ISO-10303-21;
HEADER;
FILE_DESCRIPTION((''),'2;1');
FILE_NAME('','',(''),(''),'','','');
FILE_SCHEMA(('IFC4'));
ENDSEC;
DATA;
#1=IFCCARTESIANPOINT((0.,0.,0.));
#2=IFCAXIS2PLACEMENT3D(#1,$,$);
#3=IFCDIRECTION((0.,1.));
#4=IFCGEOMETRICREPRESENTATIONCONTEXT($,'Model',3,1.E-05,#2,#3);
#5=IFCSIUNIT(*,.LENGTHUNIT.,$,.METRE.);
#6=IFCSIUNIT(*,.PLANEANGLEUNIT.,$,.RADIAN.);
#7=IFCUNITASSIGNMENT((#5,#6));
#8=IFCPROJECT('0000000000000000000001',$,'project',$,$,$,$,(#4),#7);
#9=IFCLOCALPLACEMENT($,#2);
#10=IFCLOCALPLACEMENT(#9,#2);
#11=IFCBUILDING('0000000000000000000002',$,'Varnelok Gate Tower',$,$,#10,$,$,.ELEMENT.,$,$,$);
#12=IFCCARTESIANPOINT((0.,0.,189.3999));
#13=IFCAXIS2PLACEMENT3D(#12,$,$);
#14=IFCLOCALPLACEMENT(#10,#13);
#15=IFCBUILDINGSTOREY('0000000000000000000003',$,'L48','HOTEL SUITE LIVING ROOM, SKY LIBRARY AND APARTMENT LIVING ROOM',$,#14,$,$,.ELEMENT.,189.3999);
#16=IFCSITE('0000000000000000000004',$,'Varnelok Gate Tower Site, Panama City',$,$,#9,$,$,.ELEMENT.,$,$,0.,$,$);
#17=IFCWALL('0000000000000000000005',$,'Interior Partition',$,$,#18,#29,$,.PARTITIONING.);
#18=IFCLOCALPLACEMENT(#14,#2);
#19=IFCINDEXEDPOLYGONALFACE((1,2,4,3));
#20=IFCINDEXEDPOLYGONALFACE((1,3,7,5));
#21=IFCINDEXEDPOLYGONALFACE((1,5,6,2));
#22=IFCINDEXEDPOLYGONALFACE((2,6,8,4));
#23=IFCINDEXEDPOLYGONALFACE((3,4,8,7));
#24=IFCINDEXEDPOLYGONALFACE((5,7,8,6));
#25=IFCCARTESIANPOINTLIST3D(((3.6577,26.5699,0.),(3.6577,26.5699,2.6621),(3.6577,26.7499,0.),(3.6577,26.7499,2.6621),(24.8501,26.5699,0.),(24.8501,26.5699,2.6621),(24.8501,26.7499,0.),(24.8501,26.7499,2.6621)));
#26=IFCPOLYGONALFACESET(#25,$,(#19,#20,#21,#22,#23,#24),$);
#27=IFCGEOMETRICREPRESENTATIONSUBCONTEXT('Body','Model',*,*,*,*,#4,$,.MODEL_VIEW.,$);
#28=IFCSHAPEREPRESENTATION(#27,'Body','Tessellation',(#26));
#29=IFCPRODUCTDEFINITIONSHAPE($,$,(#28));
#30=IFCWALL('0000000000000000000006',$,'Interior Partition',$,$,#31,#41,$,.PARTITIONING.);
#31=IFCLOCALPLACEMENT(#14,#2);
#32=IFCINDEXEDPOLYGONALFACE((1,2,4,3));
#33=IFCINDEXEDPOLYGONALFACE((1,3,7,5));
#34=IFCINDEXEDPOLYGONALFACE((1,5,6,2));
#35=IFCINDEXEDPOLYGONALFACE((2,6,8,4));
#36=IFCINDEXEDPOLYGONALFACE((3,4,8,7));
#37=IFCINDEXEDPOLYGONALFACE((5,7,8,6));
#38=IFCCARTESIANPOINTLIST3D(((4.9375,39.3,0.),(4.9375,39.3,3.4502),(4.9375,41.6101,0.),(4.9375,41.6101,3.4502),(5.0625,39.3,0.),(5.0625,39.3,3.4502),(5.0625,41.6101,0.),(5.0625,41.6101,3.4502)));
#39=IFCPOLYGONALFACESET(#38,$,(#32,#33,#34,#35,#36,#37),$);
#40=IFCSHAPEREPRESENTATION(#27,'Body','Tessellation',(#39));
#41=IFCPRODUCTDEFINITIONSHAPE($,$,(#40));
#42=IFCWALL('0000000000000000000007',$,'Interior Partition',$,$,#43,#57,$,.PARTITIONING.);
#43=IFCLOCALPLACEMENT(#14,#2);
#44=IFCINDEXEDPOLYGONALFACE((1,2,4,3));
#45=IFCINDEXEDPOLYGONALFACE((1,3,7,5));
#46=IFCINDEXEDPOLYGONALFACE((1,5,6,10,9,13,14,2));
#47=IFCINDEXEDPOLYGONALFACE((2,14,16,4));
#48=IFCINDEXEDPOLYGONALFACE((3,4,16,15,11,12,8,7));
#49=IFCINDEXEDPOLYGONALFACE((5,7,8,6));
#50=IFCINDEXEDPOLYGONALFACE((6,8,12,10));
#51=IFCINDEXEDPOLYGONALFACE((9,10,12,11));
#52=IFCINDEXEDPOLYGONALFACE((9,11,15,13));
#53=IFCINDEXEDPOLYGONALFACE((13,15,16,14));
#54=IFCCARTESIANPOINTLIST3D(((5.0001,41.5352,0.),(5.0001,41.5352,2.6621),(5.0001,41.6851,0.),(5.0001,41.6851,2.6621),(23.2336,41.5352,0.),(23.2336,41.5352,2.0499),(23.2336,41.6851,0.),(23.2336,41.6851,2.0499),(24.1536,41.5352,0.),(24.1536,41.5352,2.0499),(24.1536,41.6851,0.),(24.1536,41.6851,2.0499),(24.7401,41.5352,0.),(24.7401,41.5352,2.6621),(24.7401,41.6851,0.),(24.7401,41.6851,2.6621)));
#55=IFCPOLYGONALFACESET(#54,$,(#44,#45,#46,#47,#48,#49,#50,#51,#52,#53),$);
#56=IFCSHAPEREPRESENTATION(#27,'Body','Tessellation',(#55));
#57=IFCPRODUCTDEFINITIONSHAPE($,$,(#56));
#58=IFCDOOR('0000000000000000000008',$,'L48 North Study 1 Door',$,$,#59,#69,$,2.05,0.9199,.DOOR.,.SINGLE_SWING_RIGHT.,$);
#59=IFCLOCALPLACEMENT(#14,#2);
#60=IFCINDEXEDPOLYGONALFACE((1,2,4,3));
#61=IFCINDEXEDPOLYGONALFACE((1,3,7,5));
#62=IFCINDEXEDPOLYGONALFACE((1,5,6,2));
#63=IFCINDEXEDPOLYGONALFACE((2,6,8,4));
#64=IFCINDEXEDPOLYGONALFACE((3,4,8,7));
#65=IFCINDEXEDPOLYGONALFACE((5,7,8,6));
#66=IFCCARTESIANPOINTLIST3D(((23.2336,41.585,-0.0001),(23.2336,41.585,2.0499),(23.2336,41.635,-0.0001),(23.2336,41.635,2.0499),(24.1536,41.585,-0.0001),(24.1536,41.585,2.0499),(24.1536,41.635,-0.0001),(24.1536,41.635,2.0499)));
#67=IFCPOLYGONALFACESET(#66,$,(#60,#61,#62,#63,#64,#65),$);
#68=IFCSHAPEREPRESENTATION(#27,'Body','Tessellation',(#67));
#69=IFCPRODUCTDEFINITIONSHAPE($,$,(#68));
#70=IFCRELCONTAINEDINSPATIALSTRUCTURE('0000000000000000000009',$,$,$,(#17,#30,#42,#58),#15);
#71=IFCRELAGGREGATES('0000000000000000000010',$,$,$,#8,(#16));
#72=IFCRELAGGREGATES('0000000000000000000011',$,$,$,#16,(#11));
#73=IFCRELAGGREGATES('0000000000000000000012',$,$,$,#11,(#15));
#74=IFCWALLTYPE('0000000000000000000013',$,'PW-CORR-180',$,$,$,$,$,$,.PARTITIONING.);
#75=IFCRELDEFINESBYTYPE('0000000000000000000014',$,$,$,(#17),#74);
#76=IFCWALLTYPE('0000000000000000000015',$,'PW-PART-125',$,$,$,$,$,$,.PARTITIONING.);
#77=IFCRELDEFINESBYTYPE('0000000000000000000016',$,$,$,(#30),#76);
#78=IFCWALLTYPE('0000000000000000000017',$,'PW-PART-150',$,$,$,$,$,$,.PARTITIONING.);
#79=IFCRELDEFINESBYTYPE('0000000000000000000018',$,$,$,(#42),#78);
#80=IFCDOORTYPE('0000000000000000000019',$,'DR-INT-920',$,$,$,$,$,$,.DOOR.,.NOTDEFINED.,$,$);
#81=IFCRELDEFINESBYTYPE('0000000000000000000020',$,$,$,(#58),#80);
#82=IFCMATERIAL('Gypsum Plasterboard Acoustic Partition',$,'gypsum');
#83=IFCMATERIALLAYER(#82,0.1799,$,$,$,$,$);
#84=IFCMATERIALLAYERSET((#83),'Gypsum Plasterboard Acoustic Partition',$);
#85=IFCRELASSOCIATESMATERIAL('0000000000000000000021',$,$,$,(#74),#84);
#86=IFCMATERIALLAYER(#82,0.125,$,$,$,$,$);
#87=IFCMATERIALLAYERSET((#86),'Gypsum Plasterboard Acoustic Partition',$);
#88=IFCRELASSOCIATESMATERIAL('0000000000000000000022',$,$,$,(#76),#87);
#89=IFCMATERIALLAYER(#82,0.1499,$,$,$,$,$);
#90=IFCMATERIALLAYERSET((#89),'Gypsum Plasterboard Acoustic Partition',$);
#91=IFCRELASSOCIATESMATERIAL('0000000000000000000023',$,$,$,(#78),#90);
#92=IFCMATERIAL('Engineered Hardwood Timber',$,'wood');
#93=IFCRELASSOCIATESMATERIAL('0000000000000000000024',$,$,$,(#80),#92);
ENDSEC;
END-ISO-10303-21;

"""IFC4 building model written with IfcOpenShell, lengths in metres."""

from ifc_helpers import new_model, si_unit, direction, frame, frame_2d, origin, place, context, subcontext, project, spatial, rectangle, extrude, material, layer, layer_set, type_object, element, fill, save


model = new_model("IFC4")

# Units and contexts
model_context = context("Model", 3, precision=1e-05, world=origin(), true_north=direction((0.0, 1.0)))
body_context = subcontext(model_context, "Body", "Model", "MODEL_VIEW")
ifc_project = project(units=[si_unit("LENGTHUNIT", "METRE"), si_unit("PLANEANGLEUNIT", "RADIAN")], contexts=[model_context])

# Site, building, storey
site_placement = place(None, origin())
site = spatial("IfcSite", under=ifc_project, at=site_placement, Name="Varnelok Gate Tower Site, Panama City", CompositionType="ELEMENT", RefElevation=0.0)
building_placement = place(site_placement, origin())
building = spatial("IfcBuilding", under=site, at=building_placement, Name="Varnelok Gate Tower", CompositionType="ELEMENT")
storey_placement = place(building_placement, frame((0.0, 0.0, 189.3999)))
storey = spatial("IfcBuildingStorey", under=building, at=storey_placement, Name="L48", Description="HOTEL SUITE LIVING ROOM, SKY LIBRARY AND APARTMENT LIVING ROOM", CompositionType="ELEMENT", Elevation=189.3999)

# Walls
ifc_material_1 = material(Name="Gypsum Plasterboard Acoustic Partition", Category="gypsum")
ifc_layer_1 = layer(ifc_material_1, 0.1799)
ifc_layer_set_1 = layer_set([ifc_layer_1], Name="Gypsum Plasterboard Acoustic Partition")
wall_type_1 = type_object("IfcWallType", Name="PW-CORR-180", PredefinedType="PARTITIONING", material=ifc_layer_set_1)
wall_1_placement = place(storey_placement, frame((3.6577, 26.6599, 0.0), z_axis=(0.0, 0.0, 1.0), x_axis=(1.0, 0.0, 0.0)))
element("IfcWall", 1, at=wall_1_placement, inside=storey, type_object=wall_type_1, Name="Interior Partition", PredefinedType="PARTITIONING", context=body_context, shape_type="SweptSolid", body=[
    extrude(rectangle(XDim=21.1924, YDim=0.1799, at=frame_2d((10.5962, 0.0))), origin(), (0.0, 0.0, 1.0), 2.6621),
])
ifc_layer_2 = layer(ifc_material_1, 0.125)
ifc_layer_set_2 = layer_set([ifc_layer_2], Name="Gypsum Plasterboard Acoustic Partition")
wall_type_2 = type_object("IfcWallType", Name="PW-PART-125", PredefinedType="PARTITIONING", material=ifc_layer_set_2)
wall_2_placement = place(storey_placement, frame((5.0, 39.3, 0.0), z_axis=(0.0, 0.0, 1.0), x_axis=(0.0, 1.0, 0.0)))
element("IfcWall", 2, at=wall_2_placement, inside=storey, type_object=wall_type_2, Name="Interior Partition", PredefinedType="PARTITIONING", context=body_context, shape_type="SweptSolid", body=[
    extrude(rectangle(XDim=2.3101, YDim=0.125, at=frame_2d((1.155, 0.0))), origin(), (0.0, 0.0, 1.0), 3.4502),
])

# Wall, opening, door
ifc_layer_3 = layer(ifc_material_1, 0.1499)
ifc_layer_set_3 = layer_set([ifc_layer_3], Name="Gypsum Plasterboard Acoustic Partition")
wall_type_3 = type_object("IfcWallType", Name="PW-PART-150", PredefinedType="PARTITIONING", material=ifc_layer_set_3)
wall_3_placement = place(storey_placement, frame((5.0, 41.6101, 0.0), z_axis=(0.0, 0.0, 1.0), x_axis=(1.0, 0.0, 0.0)))
wall_3 = element("IfcWall", 3, at=wall_3_placement, inside=storey, type_object=wall_type_3, Name="Interior Partition", PredefinedType="PARTITIONING", context=body_context, shape_type="SweptSolid", body=[
    extrude(rectangle(XDim=19.74, YDim=0.1499, at=frame_2d((9.8701, 0.0))), origin(), (0.0, 0.0, 1.0), 2.6621),
])
opening_placement = place(wall_3_placement, frame((18.2336, 0.0, 0.0)))
opening = element("IfcOpeningElement", 4, at=opening_placement, cuts=wall_3, PredefinedType="OPENING", context=body_context, shape_type="SweptSolid", body=[
    extrude(rectangle(XDim=0.9199, YDim=2.05, at=frame_2d((0.46, 1.0249))), frame((0.0, 0.085, 0.0), z_axis=(0.0, -1.0, 0.0), x_axis=(1.0, 0.0, 0.0)), (0.0, 0.0, 1.0), 0.1699),
])
ifc_material_2 = material(Name="Engineered Hardwood Timber", Category="wood")
door_type = type_object("IfcDoorType", Name="DR-INT-920", OperationType="NOTDEFINED", PredefinedType="DOOR", material=ifc_material_2)
door_placement = place(opening_placement, origin())
door = element("IfcDoor", 5, at=door_placement, inside=storey, type_object=door_type, Name="L48 North Study 1 Door", OperationType="SINGLE_SWING_RIGHT", OverallHeight=2.05, OverallWidth=0.9199, PredefinedType="DOOR", context=body_context, shape_type="SweptSolid", body=[
    extrude(rectangle(XDim=0.9199, YDim=2.05, at=frame_2d((0.46, 1.0249))), frame((0.0, 0.0249, 0.0), z_axis=(0.0, -1.0, 0.0), x_axis=(1.0, 0.0, 0.0)), (0.0, 0.0, 1.0), 0.05),
])
fill(opening, door)

save(model, "model.ifc")
